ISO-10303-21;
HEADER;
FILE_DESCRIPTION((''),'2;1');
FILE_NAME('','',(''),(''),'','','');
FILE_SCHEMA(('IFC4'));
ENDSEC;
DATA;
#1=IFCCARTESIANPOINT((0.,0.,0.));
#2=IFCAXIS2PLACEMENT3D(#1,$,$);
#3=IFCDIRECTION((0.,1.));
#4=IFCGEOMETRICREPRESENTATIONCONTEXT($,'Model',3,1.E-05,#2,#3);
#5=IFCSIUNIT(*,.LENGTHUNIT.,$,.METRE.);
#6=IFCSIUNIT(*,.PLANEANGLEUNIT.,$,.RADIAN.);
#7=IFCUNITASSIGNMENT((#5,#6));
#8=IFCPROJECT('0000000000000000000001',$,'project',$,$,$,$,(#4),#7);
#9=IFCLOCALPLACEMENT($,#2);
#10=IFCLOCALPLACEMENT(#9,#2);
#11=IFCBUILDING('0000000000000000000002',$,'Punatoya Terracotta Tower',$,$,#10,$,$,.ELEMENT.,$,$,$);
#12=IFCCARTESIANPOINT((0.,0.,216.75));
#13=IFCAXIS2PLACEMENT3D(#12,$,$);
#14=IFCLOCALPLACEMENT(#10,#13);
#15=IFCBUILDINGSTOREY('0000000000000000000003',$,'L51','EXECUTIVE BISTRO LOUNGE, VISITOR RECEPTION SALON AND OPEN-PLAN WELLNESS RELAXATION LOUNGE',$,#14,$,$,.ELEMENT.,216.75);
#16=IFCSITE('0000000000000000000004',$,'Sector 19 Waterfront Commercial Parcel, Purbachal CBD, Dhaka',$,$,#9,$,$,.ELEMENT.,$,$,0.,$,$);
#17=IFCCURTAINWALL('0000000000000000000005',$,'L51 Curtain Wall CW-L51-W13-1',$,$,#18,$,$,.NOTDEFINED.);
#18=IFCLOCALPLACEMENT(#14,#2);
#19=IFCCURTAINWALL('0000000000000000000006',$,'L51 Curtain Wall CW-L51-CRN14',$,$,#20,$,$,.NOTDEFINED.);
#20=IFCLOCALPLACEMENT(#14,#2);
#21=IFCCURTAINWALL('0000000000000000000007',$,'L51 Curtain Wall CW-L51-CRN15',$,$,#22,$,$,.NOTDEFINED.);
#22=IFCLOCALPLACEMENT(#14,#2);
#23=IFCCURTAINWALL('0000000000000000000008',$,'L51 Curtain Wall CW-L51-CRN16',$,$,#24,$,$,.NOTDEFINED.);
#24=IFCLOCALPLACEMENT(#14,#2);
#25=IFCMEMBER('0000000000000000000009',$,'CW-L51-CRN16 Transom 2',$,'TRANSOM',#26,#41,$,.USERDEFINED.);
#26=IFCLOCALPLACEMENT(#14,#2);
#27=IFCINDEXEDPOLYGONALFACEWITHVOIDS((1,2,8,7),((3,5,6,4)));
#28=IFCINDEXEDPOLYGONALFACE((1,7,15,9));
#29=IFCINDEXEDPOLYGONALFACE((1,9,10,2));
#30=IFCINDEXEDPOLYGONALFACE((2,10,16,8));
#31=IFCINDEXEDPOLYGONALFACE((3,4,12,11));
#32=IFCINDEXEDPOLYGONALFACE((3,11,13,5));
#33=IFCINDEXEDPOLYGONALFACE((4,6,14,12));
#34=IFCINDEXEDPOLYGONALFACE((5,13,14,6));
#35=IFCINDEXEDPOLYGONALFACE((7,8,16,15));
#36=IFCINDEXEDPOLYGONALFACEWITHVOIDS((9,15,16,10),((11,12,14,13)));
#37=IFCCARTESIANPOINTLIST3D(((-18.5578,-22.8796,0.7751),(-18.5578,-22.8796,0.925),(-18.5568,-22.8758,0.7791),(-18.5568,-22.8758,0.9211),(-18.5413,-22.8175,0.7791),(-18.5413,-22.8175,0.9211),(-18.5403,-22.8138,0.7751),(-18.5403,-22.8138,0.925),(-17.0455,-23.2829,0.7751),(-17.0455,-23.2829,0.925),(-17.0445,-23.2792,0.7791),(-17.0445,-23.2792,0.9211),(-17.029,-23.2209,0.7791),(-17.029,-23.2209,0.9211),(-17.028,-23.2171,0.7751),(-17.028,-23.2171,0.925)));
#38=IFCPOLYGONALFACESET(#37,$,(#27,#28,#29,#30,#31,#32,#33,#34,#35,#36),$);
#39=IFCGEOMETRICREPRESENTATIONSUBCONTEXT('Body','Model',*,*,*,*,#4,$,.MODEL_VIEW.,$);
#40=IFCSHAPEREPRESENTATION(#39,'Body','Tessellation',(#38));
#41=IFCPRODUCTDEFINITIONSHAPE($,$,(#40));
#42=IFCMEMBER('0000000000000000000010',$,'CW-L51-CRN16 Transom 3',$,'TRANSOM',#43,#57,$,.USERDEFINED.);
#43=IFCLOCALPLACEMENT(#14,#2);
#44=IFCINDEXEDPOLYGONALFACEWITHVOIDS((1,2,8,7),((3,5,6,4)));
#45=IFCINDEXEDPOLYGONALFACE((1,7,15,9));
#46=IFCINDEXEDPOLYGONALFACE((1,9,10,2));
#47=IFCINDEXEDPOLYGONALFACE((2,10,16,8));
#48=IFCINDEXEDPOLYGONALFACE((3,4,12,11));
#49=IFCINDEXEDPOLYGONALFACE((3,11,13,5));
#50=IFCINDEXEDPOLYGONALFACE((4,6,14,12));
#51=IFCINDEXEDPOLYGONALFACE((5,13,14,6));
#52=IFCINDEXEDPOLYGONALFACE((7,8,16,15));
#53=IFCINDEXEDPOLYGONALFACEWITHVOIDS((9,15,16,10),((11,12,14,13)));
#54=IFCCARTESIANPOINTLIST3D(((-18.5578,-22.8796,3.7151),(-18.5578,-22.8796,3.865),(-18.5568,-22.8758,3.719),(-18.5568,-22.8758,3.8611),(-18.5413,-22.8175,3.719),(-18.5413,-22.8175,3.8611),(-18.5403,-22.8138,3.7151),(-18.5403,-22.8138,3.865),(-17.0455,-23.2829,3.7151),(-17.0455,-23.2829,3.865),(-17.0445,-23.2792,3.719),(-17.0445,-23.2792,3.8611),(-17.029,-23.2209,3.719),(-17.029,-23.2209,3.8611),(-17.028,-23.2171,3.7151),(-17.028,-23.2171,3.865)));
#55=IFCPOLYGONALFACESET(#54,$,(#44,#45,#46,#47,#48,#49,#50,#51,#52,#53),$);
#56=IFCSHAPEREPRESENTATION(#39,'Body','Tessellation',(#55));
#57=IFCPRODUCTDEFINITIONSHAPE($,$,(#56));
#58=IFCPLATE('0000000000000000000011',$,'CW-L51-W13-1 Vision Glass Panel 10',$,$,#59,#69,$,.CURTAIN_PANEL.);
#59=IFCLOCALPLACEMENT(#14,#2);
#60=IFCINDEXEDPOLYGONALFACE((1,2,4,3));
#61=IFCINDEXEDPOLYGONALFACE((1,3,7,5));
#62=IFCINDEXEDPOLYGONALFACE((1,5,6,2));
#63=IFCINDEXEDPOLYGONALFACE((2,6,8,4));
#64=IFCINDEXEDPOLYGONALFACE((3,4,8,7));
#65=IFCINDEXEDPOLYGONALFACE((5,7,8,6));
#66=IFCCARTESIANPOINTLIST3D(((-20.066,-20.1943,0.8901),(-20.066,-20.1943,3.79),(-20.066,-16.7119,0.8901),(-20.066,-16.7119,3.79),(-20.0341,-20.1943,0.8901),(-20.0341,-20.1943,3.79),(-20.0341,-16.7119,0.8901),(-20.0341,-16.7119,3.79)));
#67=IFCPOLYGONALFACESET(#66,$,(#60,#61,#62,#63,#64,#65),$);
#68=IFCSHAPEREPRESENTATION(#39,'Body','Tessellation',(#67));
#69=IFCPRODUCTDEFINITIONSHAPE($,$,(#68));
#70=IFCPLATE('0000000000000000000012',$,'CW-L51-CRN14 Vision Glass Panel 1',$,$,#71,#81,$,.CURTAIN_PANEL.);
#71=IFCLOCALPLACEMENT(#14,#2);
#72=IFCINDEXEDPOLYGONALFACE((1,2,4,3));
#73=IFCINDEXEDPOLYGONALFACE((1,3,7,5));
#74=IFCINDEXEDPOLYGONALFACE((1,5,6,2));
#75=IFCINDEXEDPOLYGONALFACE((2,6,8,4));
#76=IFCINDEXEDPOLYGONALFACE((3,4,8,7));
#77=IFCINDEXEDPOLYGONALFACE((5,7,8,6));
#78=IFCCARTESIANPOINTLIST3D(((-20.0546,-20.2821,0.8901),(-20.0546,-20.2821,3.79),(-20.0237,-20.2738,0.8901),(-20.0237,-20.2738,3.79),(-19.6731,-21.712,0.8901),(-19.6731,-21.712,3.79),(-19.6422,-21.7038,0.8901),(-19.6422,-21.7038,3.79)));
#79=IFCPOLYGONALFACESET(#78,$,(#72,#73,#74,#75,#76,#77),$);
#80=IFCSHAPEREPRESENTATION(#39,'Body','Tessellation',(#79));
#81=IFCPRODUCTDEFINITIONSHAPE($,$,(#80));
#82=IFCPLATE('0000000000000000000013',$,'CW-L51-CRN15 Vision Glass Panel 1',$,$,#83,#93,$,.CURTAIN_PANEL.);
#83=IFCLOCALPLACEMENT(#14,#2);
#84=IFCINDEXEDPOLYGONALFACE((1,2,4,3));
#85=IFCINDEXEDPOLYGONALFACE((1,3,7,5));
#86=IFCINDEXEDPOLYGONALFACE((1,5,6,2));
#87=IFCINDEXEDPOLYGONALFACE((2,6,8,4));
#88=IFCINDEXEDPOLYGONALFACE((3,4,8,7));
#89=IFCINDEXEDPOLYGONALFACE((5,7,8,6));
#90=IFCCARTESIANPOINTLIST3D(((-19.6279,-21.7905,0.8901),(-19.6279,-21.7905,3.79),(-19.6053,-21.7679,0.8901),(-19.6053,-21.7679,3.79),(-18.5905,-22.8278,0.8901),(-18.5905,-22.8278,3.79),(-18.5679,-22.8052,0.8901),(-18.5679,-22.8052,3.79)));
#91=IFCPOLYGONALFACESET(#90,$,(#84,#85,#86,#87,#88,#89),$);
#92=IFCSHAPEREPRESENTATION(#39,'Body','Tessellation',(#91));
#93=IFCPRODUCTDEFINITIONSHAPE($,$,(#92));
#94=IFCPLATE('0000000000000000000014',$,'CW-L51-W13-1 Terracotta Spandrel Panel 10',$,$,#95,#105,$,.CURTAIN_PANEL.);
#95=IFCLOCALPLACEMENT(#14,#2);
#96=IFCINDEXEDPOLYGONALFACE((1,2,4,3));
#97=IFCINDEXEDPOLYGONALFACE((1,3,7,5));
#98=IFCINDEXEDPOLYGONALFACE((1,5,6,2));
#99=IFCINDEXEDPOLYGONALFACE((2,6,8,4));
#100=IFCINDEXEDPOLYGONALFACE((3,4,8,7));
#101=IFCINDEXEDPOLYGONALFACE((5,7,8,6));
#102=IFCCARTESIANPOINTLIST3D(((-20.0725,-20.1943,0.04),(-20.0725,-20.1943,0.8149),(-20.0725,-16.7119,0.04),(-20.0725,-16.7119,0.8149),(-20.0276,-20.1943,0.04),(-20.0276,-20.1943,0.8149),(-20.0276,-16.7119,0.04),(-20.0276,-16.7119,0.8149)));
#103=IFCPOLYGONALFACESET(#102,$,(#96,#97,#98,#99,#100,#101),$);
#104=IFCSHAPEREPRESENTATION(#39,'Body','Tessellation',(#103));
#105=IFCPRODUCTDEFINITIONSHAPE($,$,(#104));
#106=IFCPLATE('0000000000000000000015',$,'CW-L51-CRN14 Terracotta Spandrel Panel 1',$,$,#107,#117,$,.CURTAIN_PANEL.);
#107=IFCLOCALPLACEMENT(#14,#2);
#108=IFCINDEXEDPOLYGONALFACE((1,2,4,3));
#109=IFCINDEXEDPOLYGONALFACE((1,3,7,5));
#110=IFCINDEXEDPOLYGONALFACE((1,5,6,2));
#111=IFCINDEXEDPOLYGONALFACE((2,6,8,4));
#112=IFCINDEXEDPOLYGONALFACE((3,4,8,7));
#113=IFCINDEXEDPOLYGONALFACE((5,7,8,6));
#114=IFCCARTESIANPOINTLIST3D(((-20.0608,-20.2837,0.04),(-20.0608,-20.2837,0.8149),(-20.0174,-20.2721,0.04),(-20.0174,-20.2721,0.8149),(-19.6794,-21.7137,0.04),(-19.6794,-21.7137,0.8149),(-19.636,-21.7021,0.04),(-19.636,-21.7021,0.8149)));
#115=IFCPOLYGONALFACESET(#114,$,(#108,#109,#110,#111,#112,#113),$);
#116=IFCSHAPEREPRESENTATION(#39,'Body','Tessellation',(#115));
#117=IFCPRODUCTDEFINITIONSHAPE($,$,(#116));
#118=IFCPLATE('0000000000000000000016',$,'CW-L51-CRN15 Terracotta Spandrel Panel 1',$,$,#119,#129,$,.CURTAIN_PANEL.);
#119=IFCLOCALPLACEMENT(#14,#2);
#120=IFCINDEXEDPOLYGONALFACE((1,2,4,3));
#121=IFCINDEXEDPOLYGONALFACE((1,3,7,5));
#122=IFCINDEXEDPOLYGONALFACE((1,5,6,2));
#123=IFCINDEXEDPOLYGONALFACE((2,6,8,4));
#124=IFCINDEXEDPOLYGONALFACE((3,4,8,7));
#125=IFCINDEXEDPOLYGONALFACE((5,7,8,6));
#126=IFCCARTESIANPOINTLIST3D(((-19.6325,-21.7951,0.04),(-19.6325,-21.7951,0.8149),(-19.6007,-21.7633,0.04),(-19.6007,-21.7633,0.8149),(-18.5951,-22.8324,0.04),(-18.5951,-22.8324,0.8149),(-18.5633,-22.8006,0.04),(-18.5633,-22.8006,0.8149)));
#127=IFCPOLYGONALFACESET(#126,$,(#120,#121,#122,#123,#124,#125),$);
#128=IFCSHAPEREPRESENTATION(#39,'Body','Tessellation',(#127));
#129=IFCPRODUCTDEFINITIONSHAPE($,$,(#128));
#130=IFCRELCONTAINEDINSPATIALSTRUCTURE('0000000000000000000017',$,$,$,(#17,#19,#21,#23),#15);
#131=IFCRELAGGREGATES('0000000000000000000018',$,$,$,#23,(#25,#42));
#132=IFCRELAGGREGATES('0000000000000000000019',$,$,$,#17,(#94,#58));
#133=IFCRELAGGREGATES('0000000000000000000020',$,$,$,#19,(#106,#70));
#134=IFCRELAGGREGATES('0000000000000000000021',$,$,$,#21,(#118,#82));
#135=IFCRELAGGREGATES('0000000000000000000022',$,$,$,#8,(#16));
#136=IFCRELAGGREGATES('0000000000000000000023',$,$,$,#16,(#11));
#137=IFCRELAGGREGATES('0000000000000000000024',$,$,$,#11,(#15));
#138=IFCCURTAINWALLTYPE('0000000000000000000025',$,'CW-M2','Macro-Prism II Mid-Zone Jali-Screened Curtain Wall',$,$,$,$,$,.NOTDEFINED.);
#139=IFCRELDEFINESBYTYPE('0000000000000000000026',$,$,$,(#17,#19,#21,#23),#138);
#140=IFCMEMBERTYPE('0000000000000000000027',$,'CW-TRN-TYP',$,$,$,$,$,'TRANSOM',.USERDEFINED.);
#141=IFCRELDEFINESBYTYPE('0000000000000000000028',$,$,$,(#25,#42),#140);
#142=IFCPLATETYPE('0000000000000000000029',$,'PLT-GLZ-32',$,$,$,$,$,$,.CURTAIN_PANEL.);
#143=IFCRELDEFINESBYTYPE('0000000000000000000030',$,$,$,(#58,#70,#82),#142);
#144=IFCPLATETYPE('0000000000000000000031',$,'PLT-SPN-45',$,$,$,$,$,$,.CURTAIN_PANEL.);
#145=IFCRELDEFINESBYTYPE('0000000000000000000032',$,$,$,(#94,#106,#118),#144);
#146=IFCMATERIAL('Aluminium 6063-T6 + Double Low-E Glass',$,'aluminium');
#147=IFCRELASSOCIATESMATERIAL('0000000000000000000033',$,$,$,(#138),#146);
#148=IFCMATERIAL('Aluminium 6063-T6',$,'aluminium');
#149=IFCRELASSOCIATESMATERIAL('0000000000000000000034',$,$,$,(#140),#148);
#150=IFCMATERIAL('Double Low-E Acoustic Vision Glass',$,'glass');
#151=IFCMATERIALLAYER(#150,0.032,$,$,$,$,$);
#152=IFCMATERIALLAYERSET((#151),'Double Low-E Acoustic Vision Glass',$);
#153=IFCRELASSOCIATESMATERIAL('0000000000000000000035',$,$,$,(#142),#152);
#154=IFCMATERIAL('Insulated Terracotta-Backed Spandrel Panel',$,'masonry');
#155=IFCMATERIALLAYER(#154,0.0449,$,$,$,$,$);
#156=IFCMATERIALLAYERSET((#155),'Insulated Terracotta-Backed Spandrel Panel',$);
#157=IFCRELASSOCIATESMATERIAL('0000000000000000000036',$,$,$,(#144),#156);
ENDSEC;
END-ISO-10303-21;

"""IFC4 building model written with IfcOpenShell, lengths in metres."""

from ifc_helpers import new_model, si_unit, direction, frame, origin, origin_2d, place, context, subcontext, project, spatial, rectangle, hollow_rectangle, extrude, material, layer, layer_set, material_profile, profile_set, type_object, element, aggregate, save


model = new_model("IFC4")

# Units and contexts
model_context = context("Model", 3, precision=1e-05, world=origin(), true_north=direction((0.0, 1.0)))
body_context = subcontext(model_context, "Body", "Model", "MODEL_VIEW")
ifc_project = project(units=[si_unit("LENGTHUNIT", "METRE"), si_unit("PLANEANGLEUNIT", "RADIAN")], contexts=[model_context])

# Site, building, storey
site_placement = place(None, origin())
site = spatial("IfcSite", under=ifc_project, at=site_placement, Name="Sector 19 Waterfront Commercial Parcel, Purbachal CBD, Dhaka", CompositionType="ELEMENT", RefElevation=0.0)
building_placement = place(site_placement, origin())
building = spatial("IfcBuilding", under=site, at=building_placement, Name="Punatoya Terracotta Tower", CompositionType="ELEMENT")
storey_placement = place(building_placement, frame((0.0, 0.0, 216.75)))
storey = spatial("IfcBuildingStorey", under=building, at=storey_placement, Name="L51", Description="EXECUTIVE BISTRO LOUNGE, VISITOR RECEPTION SALON AND OPEN-PLAN WELLNESS RELAXATION LOUNGE", CompositionType="ELEMENT", Elevation=216.75)

# Curtain wall
ifc_material_1 = material(Name="Aluminium 6063-T6 + Double Low-E Glass", Category="aluminium")
curtain_wall_type = type_object("IfcCurtainWallType", Name="CW-M2", Description="Macro-Prism II Mid-Zone Jali-Screened Curtain Wall", PredefinedType="NOTDEFINED", material=ifc_material_1)
curtain_wall_1_placement = place(storey_placement, origin())
curtain_wall_1 = element("IfcCurtainWall", 1, at=curtain_wall_1_placement, inside=storey, type_object=curtain_wall_type, Name="L51 Curtain Wall CW-L51-W13-1", PredefinedType="NOTDEFINED")
ifc_material_2 = material(Name="Aluminium 6063-T6", Category="aluminium")

# Curtain walls
curtain_wall_2_placement = place(storey_placement, origin())
curtain_wall_2 = element("IfcCurtainWall", 2, at=curtain_wall_2_placement, inside=storey, type_object=curtain_wall_type, Name="L51 Curtain Wall CW-L51-CRN14", PredefinedType="NOTDEFINED")
curtain_wall_3_placement = place(storey_placement, origin())
curtain_wall_3 = element("IfcCurtainWall", 3, at=curtain_wall_3_placement, inside=storey, type_object=curtain_wall_type, Name="L51 Curtain Wall CW-L51-CRN15", PredefinedType="NOTDEFINED")

# Curtain wall
curtain_wall_4_placement = place(storey_placement, origin())
curtain_wall_4 = element("IfcCurtainWall", 4, at=curtain_wall_4_placement, inside=storey, type_object=curtain_wall_type, Name="L51 Curtain Wall CW-L51-CRN16", PredefinedType="NOTDEFINED")

# Members
ifc_material_profile_1 = material_profile(ifc_material_2, hollow_rectangle(XDim=0.0681, YDim=0.1499, WallThickness=0.0039, at=origin_2d()))
ifc_profile_set_1 = profile_set([ifc_material_profile_1], Name="Aluminium 6063-T6")
member_type_1 = type_object("IfcMemberType", Name="CW-TRN-TYP", ElementType="TRANSOM", PredefinedType="USERDEFINED", material=ifc_profile_set_1)
member_1_placement = place(storey_placement, frame((-18.5491, -22.8467, 0.8501), z_axis=(0.966225, -0.257701, 0.0), x_axis=(0.257701, 0.966225, 0.0)))
member_1 = element("IfcMember", 5, at=member_1_placement, type_object=member_type_1, Name="CW-L51-CRN16 Transom 2", ObjectType="TRANSOM", PredefinedType="USERDEFINED", context=body_context, shape_type="SweptSolid", body=[
    extrude(hollow_rectangle(XDim=0.0681, YDim=0.1499, WallThickness=0.0039, at=origin_2d()), origin(), (0.0, 0.0, 1.0), 1.5652),
])
member_2_placement = place(storey_placement, frame((-18.5491, -22.8467, 3.79), z_axis=(0.966225, -0.257701, 0.0), x_axis=(0.257701, 0.966225, 0.0)))
member_2 = element("IfcMember", 6, at=member_2_placement, type_object=member_type_1, Name="CW-L51-CRN16 Transom 3", ObjectType="TRANSOM", PredefinedType="USERDEFINED", context=body_context, shape_type="SweptSolid", body=[
    extrude(hollow_rectangle(XDim=0.0681, YDim=0.1499, WallThickness=0.0039, at=origin_2d()), origin(), (0.0, 0.0, 1.0), 1.5652),
])
aggregate(curtain_wall_4, [member_1, member_2])

# Plates
ifc_material_3 = material(Name="Double Low-E Acoustic Vision Glass", Category="glass")
ifc_layer_1 = layer(ifc_material_3, 0.032)
ifc_layer_set_1 = layer_set([ifc_layer_1], Name="Double Low-E Acoustic Vision Glass")
plate_type_1 = type_object("IfcPlateType", Name="PLT-GLZ-32", PredefinedType="CURTAIN_PANEL", material=ifc_layer_set_1)
plate_1_placement = place(storey_placement, frame((-20.05, -18.4531, 0.8901), z_axis=(0.0, 0.0, 1.0), x_axis=(0.0, -1.0, 0.0)))
plate_1 = element("IfcPlate", 7, at=plate_1_placement, type_object=plate_type_1, Name="CW-L51-W13-1 Vision Glass Panel 10", PredefinedType="CURTAIN_PANEL", context=body_context, shape_type="SweptSolid", body=[
    extrude(rectangle(XDim=3.4824, YDim=0.032, at=origin_2d()), origin(), (0.0, 0.0, 1.0), 2.8999),
])
plate_2_placement = place(storey_placement, frame((-19.8484, -20.9929, 0.8901), z_axis=(0.0, 0.0, 1.0), x_axis=(0.257742, -0.966214, 0.0)))
plate_2 = element("IfcPlate", 8, at=plate_2_placement, type_object=plate_type_1, Name="CW-L51-CRN14 Vision Glass Panel 1", PredefinedType="CURTAIN_PANEL", context=body_context, shape_type="SweptSolid", body=[
    extrude(rectangle(XDim=1.48, YDim=0.032, at=origin_2d()), origin(), (0.0, 0.0, 1.0), 2.8999),
])
plate_3_placement = place(storey_placement, frame((-19.0979, -22.2979, 0.8901), z_axis=(0.0, 0.0, 1.0), x_axis=(0.707107, -0.707107, 0.0)))
plate_3 = element("IfcPlate", 9, at=plate_3_placement, type_object=plate_type_1, Name="CW-L51-CRN15 Vision Glass Panel 1", PredefinedType="CURTAIN_PANEL", context=body_context, shape_type="SweptSolid", body=[
    extrude(rectangle(XDim=1.467, YDim=0.032, at=origin_2d()), origin(), (0.0, 0.0, 1.0), 2.8999),
])
ifc_material_4 = material(Name="Insulated Terracotta-Backed Spandrel Panel", Category="masonry")
ifc_layer_2 = layer(ifc_material_4, 0.0449)
ifc_layer_set_2 = layer_set([ifc_layer_2], Name="Insulated Terracotta-Backed Spandrel Panel")
plate_type_2 = type_object("IfcPlateType", Name="PLT-SPN-45", PredefinedType="CURTAIN_PANEL", material=ifc_layer_set_2)
plate_4_placement = place(storey_placement, frame((-20.05, -18.4531, 0.04), z_axis=(0.0, 0.0, 1.0), x_axis=(0.0, -1.0, 0.0)))
plate_4 = element("IfcPlate", 10, at=plate_4_placement, type_object=plate_type_2, Name="CW-L51-W13-1 Terracotta Spandrel Panel 10", PredefinedType="CURTAIN_PANEL", context=body_context, shape_type="SweptSolid", body=[
    extrude(rectangle(XDim=3.4824, YDim=0.0449, at=origin_2d()), origin(), (0.0, 0.0, 1.0), 0.7749),
])
aggregate(curtain_wall_1, [plate_4, plate_1])
plate_5_placement = place(storey_placement, frame((-19.8484, -20.9929, 0.04), z_axis=(0.0, 0.0, 1.0), x_axis=(0.257742, -0.966214, 0.0)))
plate_5 = element("IfcPlate", 11, at=plate_5_placement, type_object=plate_type_2, Name="CW-L51-CRN14 Terracotta Spandrel Panel 1", PredefinedType="CURTAIN_PANEL", context=body_context, shape_type="SweptSolid", body=[
    extrude(rectangle(XDim=1.48, YDim=0.0449, at=origin_2d()), origin(), (0.0, 0.0, 1.0), 0.7749),
])
aggregate(curtain_wall_2, [plate_5, plate_2])
plate_6_placement = place(storey_placement, frame((-19.0979, -22.2979, 0.04), z_axis=(0.0, 0.0, 1.0), x_axis=(0.707107, -0.707107, 0.0)))
plate_6 = element("IfcPlate", 12, at=plate_6_placement, type_object=plate_type_2, Name="CW-L51-CRN15 Terracotta Spandrel Panel 1", PredefinedType="CURTAIN_PANEL", context=body_context, shape_type="SweptSolid", body=[
    extrude(rectangle(XDim=1.467, YDim=0.0449, at=origin_2d()), origin(), (0.0, 0.0, 1.0), 0.7749),
])
aggregate(curtain_wall_3, [plate_6, plate_3])

save(model, "model.ifc")
